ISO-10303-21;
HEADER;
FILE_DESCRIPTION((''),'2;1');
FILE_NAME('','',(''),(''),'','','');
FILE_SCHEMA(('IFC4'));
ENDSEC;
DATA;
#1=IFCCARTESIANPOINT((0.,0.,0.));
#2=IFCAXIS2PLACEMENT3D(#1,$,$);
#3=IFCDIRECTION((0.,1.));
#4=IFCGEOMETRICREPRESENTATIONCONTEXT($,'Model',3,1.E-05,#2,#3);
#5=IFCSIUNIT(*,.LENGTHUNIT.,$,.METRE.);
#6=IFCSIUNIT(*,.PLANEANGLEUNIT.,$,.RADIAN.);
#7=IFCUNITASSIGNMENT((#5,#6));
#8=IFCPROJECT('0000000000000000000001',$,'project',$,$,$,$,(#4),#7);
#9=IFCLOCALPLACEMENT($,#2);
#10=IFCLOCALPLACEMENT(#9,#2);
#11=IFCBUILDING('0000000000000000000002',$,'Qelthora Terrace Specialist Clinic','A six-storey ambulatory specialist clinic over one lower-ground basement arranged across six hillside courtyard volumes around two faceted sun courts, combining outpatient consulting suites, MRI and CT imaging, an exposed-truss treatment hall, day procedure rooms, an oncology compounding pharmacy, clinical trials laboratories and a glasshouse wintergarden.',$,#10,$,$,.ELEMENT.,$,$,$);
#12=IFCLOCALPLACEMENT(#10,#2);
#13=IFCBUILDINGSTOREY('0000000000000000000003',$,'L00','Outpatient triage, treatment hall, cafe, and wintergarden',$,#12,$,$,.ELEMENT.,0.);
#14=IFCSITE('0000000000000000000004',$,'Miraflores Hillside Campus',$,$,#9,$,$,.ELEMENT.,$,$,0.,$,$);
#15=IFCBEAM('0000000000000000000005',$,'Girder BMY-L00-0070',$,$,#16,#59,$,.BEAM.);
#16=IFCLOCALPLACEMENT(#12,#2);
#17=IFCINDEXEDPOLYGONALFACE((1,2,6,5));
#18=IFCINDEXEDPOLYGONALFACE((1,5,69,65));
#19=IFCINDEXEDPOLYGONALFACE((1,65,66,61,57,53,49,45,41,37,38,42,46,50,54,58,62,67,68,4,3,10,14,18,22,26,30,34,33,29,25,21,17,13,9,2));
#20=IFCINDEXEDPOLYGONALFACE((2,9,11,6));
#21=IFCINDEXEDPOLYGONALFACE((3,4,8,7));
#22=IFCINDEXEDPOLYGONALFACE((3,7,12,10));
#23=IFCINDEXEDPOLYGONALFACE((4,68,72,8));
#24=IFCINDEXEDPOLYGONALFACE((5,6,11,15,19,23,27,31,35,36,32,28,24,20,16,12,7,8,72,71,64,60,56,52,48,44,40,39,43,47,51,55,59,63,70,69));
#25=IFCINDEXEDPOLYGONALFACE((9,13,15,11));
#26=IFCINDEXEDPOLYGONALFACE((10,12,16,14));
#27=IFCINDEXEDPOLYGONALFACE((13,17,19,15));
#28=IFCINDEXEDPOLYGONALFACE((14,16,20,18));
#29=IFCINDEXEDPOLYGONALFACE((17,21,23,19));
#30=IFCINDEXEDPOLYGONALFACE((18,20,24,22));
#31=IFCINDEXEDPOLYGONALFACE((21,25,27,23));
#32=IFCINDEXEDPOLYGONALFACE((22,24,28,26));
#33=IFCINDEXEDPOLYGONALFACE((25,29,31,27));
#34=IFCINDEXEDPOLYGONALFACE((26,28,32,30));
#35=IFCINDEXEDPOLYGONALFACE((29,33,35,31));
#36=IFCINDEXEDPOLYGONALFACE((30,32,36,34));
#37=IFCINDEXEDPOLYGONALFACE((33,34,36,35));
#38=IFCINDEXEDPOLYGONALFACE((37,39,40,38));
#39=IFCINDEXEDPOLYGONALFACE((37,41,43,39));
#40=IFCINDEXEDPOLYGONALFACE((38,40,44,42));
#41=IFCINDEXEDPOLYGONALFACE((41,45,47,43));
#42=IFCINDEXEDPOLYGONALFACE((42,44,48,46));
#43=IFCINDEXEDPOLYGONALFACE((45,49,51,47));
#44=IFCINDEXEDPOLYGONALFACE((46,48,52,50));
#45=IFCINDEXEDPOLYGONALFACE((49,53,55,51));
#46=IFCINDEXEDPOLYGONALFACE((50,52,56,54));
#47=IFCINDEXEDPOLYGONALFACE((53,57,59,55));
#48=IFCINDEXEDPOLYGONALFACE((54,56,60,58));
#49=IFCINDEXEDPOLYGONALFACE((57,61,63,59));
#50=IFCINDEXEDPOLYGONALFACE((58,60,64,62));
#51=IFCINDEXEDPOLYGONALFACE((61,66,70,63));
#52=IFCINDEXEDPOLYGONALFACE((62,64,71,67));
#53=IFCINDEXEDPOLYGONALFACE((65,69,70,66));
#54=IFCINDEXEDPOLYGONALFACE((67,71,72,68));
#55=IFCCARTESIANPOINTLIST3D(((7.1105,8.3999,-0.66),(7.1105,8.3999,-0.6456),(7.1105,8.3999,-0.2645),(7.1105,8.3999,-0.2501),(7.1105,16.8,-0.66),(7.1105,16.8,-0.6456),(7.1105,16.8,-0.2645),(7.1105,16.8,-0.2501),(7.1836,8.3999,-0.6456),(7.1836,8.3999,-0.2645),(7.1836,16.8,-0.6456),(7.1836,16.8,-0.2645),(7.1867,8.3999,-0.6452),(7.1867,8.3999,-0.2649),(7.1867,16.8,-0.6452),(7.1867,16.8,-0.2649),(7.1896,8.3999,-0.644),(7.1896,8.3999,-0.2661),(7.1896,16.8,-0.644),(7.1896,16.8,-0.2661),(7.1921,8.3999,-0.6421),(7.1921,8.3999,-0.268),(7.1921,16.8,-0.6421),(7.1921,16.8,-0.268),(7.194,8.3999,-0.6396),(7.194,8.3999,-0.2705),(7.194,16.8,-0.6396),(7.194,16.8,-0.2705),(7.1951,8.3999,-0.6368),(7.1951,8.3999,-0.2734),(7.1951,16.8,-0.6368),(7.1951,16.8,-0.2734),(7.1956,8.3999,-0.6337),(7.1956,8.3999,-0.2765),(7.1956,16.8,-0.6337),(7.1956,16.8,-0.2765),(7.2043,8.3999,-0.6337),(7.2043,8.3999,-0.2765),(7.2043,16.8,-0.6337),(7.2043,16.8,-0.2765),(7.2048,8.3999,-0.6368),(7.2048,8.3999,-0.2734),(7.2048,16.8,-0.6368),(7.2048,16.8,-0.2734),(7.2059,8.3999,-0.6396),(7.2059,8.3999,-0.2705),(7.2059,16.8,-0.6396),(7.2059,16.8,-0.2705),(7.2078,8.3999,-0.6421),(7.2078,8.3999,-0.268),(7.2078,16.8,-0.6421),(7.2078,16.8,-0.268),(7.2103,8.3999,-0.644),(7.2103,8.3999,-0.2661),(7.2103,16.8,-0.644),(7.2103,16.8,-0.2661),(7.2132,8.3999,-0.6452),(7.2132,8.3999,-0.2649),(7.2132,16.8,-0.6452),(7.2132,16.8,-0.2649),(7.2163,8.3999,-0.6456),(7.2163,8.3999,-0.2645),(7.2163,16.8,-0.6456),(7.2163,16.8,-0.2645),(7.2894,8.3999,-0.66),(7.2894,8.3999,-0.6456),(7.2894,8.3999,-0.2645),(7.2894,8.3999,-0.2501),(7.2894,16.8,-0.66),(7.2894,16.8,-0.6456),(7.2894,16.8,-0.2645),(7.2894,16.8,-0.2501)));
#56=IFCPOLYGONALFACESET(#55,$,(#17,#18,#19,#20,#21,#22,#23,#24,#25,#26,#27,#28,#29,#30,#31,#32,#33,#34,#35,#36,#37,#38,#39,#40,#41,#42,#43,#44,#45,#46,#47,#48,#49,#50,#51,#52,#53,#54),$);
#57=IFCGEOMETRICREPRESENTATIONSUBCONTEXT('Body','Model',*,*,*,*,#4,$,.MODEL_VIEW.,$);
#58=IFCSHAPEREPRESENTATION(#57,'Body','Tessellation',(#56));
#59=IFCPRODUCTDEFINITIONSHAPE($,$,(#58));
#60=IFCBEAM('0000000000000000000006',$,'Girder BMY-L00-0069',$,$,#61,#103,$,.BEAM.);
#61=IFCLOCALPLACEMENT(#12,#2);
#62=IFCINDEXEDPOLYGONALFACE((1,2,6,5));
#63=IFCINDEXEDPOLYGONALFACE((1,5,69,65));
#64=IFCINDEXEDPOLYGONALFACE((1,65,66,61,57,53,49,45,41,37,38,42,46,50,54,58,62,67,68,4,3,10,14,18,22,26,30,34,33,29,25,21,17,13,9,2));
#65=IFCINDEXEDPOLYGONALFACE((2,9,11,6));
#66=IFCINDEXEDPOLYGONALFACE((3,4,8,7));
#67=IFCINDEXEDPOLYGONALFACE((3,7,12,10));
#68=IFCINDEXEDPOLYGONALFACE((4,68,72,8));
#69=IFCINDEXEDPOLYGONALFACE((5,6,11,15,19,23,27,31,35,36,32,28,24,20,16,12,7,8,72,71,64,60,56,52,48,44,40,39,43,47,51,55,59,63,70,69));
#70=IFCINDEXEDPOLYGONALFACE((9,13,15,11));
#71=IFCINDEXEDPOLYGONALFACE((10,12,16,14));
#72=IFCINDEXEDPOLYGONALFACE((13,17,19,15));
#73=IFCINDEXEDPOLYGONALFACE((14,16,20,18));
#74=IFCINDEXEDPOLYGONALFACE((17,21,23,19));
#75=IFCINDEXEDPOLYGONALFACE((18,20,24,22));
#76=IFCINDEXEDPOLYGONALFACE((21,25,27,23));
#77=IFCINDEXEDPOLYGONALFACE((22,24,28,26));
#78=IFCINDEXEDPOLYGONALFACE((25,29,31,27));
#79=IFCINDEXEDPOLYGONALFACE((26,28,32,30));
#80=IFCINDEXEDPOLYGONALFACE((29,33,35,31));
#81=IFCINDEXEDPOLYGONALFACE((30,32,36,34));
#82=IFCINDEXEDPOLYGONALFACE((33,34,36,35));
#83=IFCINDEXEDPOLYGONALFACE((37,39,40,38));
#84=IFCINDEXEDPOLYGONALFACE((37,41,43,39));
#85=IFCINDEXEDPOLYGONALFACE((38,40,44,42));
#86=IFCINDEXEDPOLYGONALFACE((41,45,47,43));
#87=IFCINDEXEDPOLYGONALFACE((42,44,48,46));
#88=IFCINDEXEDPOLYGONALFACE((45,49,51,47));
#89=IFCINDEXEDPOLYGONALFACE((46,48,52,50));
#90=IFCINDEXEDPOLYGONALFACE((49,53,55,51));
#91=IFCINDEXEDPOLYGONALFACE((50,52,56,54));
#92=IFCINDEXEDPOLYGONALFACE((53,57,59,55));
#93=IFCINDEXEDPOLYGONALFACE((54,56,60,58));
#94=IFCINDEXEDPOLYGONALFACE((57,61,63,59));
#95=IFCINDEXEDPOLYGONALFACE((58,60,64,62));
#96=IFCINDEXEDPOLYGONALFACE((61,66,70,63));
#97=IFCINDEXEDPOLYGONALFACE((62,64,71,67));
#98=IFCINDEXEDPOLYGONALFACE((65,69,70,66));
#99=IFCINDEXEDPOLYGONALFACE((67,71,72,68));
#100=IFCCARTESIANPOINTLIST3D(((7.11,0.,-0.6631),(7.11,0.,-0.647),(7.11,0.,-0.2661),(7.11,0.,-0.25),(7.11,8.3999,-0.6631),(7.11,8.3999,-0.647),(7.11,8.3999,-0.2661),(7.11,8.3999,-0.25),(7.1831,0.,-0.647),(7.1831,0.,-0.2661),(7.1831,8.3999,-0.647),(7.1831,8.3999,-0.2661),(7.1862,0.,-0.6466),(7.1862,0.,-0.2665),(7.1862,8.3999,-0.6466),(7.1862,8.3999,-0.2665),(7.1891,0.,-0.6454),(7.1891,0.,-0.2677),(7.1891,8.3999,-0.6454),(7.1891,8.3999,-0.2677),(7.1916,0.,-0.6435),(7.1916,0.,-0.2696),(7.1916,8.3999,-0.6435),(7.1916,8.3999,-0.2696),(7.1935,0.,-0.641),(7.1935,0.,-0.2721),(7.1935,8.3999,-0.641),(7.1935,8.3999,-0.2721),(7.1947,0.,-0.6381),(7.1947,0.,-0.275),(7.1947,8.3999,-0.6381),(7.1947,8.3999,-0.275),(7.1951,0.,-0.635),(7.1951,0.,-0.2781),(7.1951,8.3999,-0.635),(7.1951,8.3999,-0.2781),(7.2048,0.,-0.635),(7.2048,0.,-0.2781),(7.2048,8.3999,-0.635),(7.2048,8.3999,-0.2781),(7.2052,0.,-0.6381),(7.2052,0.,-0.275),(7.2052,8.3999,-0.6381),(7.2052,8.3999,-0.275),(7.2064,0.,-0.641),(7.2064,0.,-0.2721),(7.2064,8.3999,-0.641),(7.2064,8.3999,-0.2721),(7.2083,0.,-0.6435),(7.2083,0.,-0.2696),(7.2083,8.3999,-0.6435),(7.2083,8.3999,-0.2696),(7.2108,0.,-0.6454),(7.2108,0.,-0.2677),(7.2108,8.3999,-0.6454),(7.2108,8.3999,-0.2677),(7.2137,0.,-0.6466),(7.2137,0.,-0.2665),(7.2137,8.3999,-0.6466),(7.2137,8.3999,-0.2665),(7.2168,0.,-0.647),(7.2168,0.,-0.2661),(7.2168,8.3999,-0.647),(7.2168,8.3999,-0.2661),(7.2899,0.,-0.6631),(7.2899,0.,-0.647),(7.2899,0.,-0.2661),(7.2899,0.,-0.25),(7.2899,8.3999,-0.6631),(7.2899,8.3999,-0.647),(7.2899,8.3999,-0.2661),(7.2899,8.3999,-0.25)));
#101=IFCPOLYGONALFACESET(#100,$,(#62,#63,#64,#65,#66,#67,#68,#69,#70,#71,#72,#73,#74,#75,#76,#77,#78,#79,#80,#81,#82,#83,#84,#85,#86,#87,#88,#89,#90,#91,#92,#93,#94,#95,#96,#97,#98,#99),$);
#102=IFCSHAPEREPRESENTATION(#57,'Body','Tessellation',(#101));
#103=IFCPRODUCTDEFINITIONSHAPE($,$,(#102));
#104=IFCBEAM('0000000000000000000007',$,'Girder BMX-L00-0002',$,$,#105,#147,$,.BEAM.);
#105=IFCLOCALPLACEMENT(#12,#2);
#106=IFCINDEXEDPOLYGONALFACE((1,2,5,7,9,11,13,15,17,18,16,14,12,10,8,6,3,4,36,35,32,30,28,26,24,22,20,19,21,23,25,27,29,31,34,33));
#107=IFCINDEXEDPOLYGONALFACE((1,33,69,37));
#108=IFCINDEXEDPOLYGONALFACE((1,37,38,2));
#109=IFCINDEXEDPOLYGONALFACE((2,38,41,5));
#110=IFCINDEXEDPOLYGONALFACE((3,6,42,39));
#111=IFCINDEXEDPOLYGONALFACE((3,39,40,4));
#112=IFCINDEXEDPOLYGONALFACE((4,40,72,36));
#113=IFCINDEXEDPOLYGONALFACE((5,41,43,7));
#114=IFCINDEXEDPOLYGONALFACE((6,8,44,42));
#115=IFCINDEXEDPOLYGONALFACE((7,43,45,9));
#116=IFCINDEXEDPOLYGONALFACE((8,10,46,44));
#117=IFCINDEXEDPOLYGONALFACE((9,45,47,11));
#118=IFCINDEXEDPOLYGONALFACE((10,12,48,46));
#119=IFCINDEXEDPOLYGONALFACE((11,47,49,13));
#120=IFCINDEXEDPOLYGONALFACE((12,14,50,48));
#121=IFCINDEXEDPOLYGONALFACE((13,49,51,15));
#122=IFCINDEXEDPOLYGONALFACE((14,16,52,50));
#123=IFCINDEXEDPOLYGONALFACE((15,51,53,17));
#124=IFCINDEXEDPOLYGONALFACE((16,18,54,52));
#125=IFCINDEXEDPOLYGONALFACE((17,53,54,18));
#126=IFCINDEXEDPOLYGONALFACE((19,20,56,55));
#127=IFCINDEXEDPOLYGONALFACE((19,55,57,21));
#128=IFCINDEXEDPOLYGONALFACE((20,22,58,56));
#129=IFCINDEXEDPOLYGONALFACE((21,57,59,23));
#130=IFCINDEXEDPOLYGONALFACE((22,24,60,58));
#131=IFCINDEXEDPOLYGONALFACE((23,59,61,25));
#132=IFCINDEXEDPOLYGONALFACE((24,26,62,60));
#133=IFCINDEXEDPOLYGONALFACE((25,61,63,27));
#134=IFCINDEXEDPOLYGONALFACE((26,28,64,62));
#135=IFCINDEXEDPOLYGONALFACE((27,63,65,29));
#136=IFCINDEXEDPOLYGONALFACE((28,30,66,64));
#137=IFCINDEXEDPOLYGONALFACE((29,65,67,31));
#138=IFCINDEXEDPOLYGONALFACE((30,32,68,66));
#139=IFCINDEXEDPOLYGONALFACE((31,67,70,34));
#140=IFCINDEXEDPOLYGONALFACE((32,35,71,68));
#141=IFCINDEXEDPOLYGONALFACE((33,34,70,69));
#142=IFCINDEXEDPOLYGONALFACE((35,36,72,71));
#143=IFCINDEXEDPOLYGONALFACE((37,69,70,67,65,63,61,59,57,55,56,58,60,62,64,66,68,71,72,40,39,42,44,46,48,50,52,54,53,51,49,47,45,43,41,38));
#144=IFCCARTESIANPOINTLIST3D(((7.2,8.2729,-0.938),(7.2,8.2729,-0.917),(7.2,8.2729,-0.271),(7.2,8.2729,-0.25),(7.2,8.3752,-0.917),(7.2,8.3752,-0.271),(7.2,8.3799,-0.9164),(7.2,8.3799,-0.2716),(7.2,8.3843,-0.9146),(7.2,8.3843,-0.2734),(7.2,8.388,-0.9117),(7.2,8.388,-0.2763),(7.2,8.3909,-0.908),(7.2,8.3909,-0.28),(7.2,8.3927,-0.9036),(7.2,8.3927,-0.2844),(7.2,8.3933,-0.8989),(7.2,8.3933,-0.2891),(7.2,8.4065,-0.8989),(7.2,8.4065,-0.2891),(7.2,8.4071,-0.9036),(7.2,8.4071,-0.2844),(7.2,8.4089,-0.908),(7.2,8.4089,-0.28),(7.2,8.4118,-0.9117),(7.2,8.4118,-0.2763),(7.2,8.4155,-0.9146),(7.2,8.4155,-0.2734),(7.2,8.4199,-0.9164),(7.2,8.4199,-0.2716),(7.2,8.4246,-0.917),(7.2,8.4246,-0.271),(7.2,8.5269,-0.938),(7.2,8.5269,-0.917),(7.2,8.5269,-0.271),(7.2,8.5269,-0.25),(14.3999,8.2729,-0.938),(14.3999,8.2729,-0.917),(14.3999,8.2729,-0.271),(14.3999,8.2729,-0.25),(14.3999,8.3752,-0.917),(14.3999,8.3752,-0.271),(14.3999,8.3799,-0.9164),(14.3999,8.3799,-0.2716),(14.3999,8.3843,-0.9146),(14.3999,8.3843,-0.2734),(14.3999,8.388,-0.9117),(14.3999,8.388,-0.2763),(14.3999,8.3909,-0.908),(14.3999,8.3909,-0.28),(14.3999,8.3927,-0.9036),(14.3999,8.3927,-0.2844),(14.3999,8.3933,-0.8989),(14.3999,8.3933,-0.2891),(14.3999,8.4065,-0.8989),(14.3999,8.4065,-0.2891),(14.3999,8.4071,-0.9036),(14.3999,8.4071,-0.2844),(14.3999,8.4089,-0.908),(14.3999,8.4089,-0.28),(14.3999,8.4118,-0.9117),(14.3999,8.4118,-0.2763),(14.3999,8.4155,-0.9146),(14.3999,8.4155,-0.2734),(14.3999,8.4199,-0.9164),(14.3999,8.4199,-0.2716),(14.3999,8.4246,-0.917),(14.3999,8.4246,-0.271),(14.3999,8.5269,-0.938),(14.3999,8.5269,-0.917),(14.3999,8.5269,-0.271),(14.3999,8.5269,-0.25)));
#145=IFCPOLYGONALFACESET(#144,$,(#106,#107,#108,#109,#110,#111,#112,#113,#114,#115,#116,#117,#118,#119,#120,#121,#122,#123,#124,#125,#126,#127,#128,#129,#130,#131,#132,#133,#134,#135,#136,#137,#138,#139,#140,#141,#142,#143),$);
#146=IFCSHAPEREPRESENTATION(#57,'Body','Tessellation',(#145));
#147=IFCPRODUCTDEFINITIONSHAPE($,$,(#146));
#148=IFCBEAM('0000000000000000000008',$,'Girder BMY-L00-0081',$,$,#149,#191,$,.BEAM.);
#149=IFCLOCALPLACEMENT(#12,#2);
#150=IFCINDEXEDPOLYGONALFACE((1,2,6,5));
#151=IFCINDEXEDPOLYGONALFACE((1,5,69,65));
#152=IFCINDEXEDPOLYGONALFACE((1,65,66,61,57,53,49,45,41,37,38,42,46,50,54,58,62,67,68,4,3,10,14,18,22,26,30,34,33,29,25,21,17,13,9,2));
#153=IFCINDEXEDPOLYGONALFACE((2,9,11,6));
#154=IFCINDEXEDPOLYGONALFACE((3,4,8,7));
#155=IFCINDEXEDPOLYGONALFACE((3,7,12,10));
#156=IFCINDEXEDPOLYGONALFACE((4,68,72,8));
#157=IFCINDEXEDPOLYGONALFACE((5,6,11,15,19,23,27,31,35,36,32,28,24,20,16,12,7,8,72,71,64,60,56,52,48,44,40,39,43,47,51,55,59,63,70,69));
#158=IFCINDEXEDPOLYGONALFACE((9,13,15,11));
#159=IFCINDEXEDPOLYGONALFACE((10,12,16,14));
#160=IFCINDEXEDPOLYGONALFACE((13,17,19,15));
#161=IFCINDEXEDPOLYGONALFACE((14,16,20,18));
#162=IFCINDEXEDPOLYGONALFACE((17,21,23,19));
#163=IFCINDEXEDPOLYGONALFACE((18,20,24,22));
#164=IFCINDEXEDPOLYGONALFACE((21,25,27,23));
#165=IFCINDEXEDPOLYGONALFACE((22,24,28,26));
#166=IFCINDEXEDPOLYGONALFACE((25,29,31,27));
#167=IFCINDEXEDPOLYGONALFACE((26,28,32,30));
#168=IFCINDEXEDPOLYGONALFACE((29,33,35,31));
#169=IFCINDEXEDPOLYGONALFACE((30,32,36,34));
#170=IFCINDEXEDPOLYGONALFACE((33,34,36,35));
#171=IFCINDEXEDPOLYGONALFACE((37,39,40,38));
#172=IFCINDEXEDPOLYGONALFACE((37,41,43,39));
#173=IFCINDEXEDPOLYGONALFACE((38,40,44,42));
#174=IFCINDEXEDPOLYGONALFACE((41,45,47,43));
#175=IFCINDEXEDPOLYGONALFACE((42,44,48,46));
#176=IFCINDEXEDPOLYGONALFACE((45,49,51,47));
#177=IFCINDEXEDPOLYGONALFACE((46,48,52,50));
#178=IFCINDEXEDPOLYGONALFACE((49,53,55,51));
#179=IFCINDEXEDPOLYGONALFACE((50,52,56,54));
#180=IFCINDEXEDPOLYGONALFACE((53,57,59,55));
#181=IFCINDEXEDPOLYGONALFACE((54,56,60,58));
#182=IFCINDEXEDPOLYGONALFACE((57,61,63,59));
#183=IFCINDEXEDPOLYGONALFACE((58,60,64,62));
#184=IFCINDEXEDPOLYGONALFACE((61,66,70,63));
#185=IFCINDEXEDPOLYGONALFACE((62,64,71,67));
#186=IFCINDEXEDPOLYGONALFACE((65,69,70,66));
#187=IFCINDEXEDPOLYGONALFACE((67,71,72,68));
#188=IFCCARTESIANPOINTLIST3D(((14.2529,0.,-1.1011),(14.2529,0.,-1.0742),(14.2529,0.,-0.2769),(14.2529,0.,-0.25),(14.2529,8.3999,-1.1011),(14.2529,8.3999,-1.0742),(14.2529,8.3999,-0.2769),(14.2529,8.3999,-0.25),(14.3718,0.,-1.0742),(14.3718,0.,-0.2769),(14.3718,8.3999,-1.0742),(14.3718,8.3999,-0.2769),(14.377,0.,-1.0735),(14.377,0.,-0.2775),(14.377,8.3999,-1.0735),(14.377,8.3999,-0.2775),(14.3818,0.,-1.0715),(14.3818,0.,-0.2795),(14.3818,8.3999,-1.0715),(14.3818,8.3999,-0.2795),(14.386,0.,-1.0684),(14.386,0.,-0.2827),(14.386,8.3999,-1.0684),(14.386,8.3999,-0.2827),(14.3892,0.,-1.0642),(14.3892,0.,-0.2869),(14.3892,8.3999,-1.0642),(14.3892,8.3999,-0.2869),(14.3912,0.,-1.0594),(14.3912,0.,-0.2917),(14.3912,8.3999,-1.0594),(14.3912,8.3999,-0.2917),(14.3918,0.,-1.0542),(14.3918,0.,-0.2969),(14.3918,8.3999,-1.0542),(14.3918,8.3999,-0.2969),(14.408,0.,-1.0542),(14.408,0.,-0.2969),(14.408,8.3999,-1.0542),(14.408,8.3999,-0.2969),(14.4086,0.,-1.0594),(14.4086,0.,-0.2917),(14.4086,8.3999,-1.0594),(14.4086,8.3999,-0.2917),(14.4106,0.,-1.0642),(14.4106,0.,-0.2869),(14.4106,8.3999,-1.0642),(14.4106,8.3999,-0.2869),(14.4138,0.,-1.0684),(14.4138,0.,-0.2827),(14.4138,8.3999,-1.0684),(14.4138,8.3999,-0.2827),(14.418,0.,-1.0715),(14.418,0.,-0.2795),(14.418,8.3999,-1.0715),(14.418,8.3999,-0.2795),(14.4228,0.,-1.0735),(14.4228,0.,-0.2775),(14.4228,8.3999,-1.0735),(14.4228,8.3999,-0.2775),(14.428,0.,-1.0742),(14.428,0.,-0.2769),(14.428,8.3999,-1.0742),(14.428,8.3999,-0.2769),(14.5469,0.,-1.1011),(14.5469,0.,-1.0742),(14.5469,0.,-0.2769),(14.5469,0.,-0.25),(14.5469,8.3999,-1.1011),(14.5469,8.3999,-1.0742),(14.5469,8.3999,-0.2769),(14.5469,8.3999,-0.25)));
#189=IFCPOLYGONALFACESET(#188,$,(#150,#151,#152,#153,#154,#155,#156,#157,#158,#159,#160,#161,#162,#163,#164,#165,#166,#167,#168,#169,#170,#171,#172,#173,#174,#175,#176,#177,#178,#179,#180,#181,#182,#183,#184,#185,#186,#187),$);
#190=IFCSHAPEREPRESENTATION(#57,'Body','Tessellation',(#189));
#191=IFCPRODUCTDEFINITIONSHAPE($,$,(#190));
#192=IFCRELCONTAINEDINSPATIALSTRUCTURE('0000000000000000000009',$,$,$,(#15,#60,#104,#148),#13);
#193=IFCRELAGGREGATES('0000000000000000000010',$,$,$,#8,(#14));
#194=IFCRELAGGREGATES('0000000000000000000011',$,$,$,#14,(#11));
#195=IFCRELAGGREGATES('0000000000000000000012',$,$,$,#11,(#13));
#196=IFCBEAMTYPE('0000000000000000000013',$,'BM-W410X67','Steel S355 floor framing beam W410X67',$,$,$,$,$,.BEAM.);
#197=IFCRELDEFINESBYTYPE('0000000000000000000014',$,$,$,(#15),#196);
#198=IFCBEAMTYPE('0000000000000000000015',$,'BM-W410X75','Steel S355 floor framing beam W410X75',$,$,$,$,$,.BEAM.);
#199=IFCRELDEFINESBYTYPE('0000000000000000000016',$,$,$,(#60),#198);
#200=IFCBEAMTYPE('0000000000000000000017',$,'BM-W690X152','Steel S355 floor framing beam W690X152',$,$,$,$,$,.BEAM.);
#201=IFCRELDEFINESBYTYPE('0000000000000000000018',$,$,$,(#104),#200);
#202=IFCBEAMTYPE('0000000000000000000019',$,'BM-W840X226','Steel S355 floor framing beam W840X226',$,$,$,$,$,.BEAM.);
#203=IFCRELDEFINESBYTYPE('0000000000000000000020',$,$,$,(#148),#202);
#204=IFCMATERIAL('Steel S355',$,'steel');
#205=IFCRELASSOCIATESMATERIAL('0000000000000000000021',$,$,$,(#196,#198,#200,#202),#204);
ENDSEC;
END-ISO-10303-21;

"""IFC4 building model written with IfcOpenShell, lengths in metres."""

from ifc_helpers import new_model, si_unit, direction, frame, origin, origin_2d, place, context, subcontext, project, spatial, i_section, extrude, material, material_profile, profile_set, type_object, element, save


model = new_model("IFC4")

# Units and contexts
model_context = context("Model", 3, precision=1e-05, world=origin(), true_north=direction((0.0, 1.0)))
body_context = subcontext(model_context, "Body", "Model", "MODEL_VIEW")
ifc_project = project(units=[si_unit("LENGTHUNIT", "METRE"), si_unit("PLANEANGLEUNIT", "RADIAN")], contexts=[model_context])

# Site, building, storey
site_placement = place(None, origin())
site = spatial("IfcSite", under=ifc_project, at=site_placement, Name="Miraflores Hillside Campus", CompositionType="ELEMENT", RefElevation=0.0)
building_placement = place(site_placement, origin())
building = spatial("IfcBuilding", under=site, at=building_placement, Name="Qelthora Terrace Specialist Clinic", Description="A six-storey ambulatory specialist clinic over one lower-ground basement arranged across six hillside courtyard volumes around two faceted sun courts, combining outpatient consulting suites, MRI and CT imaging, an exposed-truss treatment hall, day procedure rooms, an oncology compounding pharmacy, clinical trials laboratories and a glasshouse wintergarden.", CompositionType="ELEMENT")
storey_placement = place(building_placement, origin())
storey = spatial("IfcBuildingStorey", under=building, at=storey_placement, Name="L00", Description="Outpatient triage, treatment hall, cafe, and wintergarden", CompositionType="ELEMENT", Elevation=0.0)

# Shared definitions
ifc_material_1 = material(Name="Steel S355", Category="steel")

# Beams
ifc_material_profile_1 = material_profile(ifc_material_1, i_section(OverallWidth=0.179, OverallDepth=0.4099, WebThickness=0.0088, FlangeThickness=0.0144, FilletRadius=0.012, at=origin_2d()), Name="W410X67")
ifc_profile_set_1 = profile_set([ifc_material_profile_1], Name="Steel S355")
beam_type_1 = type_object("IfcBeamType", Name="BM-W410X67", Description="Steel S355 floor framing beam W410X67", PredefinedType="BEAM", material=ifc_profile_set_1)
beam_1_placement = place(storey_placement, frame((7.2, 8.3999, -0.4551), z_axis=(0.0, 1.0, 0.0), x_axis=(-1.0, 0.0, 0.0)))
element("IfcBeam", 1, at=beam_1_placement, inside=storey, type_object=beam_type_1, Name="Girder BMY-L00-0070", PredefinedType="BEAM", context=body_context, shape_type="SweptSolid", body=[
    extrude(i_section(OverallWidth=0.179, OverallDepth=0.4099, WebThickness=0.0088, FlangeThickness=0.0144, FilletRadius=0.012, at=origin_2d()), origin(), (0.0, 0.0, 1.0), 8.4001),
])
ifc_material_profile_2 = material_profile(ifc_material_1, i_section(OverallWidth=0.1799, OverallDepth=0.4131, WebThickness=0.0098, FlangeThickness=0.0161, FilletRadius=0.012, at=origin_2d()), Name="W410X75")
ifc_profile_set_2 = profile_set([ifc_material_profile_2], Name="Steel S355")
beam_type_2 = type_object("IfcBeamType", Name="BM-W410X75", Description="Steel S355 floor framing beam W410X75", PredefinedType="BEAM", material=ifc_profile_set_2)
beam_2_placement = place(storey_placement, frame((7.2, 0.0, -0.4565), z_axis=(0.0, 1.0, 0.0), x_axis=(-1.0, 0.0, 0.0)))
element("IfcBeam", 2, at=beam_2_placement, inside=storey, type_object=beam_type_2, Name="Girder BMY-L00-0069", PredefinedType="BEAM", context=body_context, shape_type="SweptSolid", body=[
    extrude(i_section(OverallWidth=0.1799, OverallDepth=0.4131, WebThickness=0.0098, FlangeThickness=0.0161, FilletRadius=0.012, at=origin_2d()), origin(), (0.0, 0.0, 1.0), 8.3999),
])
ifc_material_profile_3 = material_profile(ifc_material_1, i_section(OverallWidth=0.2539, OverallDepth=0.688, WebThickness=0.0132, FlangeThickness=0.021, FilletRadius=0.0181, at=origin_2d()), Name="W690X152")
ifc_profile_set_3 = profile_set([ifc_material_profile_3], Name="Steel S355")
beam_type_3 = type_object("IfcBeamType", Name="BM-W690X152", Description="Steel S355 floor framing beam W690X152", PredefinedType="BEAM", material=ifc_profile_set_3)
beam_3_placement = place(storey_placement, frame((7.2, 8.3999, -0.594), z_axis=(1.0, 0.0, 0.0), x_axis=(0.0, 1.0, 0.0)))
element("IfcBeam", 3, at=beam_3_placement, inside=storey, type_object=beam_type_3, Name="Girder BMX-L00-0002", PredefinedType="BEAM", context=body_context, shape_type="SweptSolid", body=[
    extrude(i_section(OverallWidth=0.2539, OverallDepth=0.688, WebThickness=0.0132, FlangeThickness=0.021, FilletRadius=0.0181, at=origin_2d()), origin(), (0.0, 0.0, 1.0), 7.2),
])
ifc_material_profile_4 = material_profile(ifc_material_1, i_section(OverallWidth=0.2939, OverallDepth=0.8511, WebThickness=0.0161, FlangeThickness=0.0269, FilletRadius=0.02, at=origin_2d()), Name="W840X226")
ifc_profile_set_4 = profile_set([ifc_material_profile_4], Name="Steel S355")
beam_type_4 = type_object("IfcBeamType", Name="BM-W840X226", Description="Steel S355 floor framing beam W840X226", PredefinedType="BEAM", material=ifc_profile_set_4)
beam_4_placement = place(storey_placement, frame((14.3999, 0.0, -0.6755), z_axis=(0.0, 1.0, 0.0), x_axis=(-1.0, 0.0, 0.0)))
element("IfcBeam", 4, at=beam_4_placement, inside=storey, type_object=beam_type_4, Name="Girder BMY-L00-0081", PredefinedType="BEAM", context=body_context, shape_type="SweptSolid", body=[
    extrude(i_section(OverallWidth=0.2939, OverallDepth=0.8511, WebThickness=0.0161, FlangeThickness=0.0269, FilletRadius=0.02, at=origin_2d()), origin(), (0.0, 0.0, 1.0), 8.3999),
])

save(model, "model.ifc")
